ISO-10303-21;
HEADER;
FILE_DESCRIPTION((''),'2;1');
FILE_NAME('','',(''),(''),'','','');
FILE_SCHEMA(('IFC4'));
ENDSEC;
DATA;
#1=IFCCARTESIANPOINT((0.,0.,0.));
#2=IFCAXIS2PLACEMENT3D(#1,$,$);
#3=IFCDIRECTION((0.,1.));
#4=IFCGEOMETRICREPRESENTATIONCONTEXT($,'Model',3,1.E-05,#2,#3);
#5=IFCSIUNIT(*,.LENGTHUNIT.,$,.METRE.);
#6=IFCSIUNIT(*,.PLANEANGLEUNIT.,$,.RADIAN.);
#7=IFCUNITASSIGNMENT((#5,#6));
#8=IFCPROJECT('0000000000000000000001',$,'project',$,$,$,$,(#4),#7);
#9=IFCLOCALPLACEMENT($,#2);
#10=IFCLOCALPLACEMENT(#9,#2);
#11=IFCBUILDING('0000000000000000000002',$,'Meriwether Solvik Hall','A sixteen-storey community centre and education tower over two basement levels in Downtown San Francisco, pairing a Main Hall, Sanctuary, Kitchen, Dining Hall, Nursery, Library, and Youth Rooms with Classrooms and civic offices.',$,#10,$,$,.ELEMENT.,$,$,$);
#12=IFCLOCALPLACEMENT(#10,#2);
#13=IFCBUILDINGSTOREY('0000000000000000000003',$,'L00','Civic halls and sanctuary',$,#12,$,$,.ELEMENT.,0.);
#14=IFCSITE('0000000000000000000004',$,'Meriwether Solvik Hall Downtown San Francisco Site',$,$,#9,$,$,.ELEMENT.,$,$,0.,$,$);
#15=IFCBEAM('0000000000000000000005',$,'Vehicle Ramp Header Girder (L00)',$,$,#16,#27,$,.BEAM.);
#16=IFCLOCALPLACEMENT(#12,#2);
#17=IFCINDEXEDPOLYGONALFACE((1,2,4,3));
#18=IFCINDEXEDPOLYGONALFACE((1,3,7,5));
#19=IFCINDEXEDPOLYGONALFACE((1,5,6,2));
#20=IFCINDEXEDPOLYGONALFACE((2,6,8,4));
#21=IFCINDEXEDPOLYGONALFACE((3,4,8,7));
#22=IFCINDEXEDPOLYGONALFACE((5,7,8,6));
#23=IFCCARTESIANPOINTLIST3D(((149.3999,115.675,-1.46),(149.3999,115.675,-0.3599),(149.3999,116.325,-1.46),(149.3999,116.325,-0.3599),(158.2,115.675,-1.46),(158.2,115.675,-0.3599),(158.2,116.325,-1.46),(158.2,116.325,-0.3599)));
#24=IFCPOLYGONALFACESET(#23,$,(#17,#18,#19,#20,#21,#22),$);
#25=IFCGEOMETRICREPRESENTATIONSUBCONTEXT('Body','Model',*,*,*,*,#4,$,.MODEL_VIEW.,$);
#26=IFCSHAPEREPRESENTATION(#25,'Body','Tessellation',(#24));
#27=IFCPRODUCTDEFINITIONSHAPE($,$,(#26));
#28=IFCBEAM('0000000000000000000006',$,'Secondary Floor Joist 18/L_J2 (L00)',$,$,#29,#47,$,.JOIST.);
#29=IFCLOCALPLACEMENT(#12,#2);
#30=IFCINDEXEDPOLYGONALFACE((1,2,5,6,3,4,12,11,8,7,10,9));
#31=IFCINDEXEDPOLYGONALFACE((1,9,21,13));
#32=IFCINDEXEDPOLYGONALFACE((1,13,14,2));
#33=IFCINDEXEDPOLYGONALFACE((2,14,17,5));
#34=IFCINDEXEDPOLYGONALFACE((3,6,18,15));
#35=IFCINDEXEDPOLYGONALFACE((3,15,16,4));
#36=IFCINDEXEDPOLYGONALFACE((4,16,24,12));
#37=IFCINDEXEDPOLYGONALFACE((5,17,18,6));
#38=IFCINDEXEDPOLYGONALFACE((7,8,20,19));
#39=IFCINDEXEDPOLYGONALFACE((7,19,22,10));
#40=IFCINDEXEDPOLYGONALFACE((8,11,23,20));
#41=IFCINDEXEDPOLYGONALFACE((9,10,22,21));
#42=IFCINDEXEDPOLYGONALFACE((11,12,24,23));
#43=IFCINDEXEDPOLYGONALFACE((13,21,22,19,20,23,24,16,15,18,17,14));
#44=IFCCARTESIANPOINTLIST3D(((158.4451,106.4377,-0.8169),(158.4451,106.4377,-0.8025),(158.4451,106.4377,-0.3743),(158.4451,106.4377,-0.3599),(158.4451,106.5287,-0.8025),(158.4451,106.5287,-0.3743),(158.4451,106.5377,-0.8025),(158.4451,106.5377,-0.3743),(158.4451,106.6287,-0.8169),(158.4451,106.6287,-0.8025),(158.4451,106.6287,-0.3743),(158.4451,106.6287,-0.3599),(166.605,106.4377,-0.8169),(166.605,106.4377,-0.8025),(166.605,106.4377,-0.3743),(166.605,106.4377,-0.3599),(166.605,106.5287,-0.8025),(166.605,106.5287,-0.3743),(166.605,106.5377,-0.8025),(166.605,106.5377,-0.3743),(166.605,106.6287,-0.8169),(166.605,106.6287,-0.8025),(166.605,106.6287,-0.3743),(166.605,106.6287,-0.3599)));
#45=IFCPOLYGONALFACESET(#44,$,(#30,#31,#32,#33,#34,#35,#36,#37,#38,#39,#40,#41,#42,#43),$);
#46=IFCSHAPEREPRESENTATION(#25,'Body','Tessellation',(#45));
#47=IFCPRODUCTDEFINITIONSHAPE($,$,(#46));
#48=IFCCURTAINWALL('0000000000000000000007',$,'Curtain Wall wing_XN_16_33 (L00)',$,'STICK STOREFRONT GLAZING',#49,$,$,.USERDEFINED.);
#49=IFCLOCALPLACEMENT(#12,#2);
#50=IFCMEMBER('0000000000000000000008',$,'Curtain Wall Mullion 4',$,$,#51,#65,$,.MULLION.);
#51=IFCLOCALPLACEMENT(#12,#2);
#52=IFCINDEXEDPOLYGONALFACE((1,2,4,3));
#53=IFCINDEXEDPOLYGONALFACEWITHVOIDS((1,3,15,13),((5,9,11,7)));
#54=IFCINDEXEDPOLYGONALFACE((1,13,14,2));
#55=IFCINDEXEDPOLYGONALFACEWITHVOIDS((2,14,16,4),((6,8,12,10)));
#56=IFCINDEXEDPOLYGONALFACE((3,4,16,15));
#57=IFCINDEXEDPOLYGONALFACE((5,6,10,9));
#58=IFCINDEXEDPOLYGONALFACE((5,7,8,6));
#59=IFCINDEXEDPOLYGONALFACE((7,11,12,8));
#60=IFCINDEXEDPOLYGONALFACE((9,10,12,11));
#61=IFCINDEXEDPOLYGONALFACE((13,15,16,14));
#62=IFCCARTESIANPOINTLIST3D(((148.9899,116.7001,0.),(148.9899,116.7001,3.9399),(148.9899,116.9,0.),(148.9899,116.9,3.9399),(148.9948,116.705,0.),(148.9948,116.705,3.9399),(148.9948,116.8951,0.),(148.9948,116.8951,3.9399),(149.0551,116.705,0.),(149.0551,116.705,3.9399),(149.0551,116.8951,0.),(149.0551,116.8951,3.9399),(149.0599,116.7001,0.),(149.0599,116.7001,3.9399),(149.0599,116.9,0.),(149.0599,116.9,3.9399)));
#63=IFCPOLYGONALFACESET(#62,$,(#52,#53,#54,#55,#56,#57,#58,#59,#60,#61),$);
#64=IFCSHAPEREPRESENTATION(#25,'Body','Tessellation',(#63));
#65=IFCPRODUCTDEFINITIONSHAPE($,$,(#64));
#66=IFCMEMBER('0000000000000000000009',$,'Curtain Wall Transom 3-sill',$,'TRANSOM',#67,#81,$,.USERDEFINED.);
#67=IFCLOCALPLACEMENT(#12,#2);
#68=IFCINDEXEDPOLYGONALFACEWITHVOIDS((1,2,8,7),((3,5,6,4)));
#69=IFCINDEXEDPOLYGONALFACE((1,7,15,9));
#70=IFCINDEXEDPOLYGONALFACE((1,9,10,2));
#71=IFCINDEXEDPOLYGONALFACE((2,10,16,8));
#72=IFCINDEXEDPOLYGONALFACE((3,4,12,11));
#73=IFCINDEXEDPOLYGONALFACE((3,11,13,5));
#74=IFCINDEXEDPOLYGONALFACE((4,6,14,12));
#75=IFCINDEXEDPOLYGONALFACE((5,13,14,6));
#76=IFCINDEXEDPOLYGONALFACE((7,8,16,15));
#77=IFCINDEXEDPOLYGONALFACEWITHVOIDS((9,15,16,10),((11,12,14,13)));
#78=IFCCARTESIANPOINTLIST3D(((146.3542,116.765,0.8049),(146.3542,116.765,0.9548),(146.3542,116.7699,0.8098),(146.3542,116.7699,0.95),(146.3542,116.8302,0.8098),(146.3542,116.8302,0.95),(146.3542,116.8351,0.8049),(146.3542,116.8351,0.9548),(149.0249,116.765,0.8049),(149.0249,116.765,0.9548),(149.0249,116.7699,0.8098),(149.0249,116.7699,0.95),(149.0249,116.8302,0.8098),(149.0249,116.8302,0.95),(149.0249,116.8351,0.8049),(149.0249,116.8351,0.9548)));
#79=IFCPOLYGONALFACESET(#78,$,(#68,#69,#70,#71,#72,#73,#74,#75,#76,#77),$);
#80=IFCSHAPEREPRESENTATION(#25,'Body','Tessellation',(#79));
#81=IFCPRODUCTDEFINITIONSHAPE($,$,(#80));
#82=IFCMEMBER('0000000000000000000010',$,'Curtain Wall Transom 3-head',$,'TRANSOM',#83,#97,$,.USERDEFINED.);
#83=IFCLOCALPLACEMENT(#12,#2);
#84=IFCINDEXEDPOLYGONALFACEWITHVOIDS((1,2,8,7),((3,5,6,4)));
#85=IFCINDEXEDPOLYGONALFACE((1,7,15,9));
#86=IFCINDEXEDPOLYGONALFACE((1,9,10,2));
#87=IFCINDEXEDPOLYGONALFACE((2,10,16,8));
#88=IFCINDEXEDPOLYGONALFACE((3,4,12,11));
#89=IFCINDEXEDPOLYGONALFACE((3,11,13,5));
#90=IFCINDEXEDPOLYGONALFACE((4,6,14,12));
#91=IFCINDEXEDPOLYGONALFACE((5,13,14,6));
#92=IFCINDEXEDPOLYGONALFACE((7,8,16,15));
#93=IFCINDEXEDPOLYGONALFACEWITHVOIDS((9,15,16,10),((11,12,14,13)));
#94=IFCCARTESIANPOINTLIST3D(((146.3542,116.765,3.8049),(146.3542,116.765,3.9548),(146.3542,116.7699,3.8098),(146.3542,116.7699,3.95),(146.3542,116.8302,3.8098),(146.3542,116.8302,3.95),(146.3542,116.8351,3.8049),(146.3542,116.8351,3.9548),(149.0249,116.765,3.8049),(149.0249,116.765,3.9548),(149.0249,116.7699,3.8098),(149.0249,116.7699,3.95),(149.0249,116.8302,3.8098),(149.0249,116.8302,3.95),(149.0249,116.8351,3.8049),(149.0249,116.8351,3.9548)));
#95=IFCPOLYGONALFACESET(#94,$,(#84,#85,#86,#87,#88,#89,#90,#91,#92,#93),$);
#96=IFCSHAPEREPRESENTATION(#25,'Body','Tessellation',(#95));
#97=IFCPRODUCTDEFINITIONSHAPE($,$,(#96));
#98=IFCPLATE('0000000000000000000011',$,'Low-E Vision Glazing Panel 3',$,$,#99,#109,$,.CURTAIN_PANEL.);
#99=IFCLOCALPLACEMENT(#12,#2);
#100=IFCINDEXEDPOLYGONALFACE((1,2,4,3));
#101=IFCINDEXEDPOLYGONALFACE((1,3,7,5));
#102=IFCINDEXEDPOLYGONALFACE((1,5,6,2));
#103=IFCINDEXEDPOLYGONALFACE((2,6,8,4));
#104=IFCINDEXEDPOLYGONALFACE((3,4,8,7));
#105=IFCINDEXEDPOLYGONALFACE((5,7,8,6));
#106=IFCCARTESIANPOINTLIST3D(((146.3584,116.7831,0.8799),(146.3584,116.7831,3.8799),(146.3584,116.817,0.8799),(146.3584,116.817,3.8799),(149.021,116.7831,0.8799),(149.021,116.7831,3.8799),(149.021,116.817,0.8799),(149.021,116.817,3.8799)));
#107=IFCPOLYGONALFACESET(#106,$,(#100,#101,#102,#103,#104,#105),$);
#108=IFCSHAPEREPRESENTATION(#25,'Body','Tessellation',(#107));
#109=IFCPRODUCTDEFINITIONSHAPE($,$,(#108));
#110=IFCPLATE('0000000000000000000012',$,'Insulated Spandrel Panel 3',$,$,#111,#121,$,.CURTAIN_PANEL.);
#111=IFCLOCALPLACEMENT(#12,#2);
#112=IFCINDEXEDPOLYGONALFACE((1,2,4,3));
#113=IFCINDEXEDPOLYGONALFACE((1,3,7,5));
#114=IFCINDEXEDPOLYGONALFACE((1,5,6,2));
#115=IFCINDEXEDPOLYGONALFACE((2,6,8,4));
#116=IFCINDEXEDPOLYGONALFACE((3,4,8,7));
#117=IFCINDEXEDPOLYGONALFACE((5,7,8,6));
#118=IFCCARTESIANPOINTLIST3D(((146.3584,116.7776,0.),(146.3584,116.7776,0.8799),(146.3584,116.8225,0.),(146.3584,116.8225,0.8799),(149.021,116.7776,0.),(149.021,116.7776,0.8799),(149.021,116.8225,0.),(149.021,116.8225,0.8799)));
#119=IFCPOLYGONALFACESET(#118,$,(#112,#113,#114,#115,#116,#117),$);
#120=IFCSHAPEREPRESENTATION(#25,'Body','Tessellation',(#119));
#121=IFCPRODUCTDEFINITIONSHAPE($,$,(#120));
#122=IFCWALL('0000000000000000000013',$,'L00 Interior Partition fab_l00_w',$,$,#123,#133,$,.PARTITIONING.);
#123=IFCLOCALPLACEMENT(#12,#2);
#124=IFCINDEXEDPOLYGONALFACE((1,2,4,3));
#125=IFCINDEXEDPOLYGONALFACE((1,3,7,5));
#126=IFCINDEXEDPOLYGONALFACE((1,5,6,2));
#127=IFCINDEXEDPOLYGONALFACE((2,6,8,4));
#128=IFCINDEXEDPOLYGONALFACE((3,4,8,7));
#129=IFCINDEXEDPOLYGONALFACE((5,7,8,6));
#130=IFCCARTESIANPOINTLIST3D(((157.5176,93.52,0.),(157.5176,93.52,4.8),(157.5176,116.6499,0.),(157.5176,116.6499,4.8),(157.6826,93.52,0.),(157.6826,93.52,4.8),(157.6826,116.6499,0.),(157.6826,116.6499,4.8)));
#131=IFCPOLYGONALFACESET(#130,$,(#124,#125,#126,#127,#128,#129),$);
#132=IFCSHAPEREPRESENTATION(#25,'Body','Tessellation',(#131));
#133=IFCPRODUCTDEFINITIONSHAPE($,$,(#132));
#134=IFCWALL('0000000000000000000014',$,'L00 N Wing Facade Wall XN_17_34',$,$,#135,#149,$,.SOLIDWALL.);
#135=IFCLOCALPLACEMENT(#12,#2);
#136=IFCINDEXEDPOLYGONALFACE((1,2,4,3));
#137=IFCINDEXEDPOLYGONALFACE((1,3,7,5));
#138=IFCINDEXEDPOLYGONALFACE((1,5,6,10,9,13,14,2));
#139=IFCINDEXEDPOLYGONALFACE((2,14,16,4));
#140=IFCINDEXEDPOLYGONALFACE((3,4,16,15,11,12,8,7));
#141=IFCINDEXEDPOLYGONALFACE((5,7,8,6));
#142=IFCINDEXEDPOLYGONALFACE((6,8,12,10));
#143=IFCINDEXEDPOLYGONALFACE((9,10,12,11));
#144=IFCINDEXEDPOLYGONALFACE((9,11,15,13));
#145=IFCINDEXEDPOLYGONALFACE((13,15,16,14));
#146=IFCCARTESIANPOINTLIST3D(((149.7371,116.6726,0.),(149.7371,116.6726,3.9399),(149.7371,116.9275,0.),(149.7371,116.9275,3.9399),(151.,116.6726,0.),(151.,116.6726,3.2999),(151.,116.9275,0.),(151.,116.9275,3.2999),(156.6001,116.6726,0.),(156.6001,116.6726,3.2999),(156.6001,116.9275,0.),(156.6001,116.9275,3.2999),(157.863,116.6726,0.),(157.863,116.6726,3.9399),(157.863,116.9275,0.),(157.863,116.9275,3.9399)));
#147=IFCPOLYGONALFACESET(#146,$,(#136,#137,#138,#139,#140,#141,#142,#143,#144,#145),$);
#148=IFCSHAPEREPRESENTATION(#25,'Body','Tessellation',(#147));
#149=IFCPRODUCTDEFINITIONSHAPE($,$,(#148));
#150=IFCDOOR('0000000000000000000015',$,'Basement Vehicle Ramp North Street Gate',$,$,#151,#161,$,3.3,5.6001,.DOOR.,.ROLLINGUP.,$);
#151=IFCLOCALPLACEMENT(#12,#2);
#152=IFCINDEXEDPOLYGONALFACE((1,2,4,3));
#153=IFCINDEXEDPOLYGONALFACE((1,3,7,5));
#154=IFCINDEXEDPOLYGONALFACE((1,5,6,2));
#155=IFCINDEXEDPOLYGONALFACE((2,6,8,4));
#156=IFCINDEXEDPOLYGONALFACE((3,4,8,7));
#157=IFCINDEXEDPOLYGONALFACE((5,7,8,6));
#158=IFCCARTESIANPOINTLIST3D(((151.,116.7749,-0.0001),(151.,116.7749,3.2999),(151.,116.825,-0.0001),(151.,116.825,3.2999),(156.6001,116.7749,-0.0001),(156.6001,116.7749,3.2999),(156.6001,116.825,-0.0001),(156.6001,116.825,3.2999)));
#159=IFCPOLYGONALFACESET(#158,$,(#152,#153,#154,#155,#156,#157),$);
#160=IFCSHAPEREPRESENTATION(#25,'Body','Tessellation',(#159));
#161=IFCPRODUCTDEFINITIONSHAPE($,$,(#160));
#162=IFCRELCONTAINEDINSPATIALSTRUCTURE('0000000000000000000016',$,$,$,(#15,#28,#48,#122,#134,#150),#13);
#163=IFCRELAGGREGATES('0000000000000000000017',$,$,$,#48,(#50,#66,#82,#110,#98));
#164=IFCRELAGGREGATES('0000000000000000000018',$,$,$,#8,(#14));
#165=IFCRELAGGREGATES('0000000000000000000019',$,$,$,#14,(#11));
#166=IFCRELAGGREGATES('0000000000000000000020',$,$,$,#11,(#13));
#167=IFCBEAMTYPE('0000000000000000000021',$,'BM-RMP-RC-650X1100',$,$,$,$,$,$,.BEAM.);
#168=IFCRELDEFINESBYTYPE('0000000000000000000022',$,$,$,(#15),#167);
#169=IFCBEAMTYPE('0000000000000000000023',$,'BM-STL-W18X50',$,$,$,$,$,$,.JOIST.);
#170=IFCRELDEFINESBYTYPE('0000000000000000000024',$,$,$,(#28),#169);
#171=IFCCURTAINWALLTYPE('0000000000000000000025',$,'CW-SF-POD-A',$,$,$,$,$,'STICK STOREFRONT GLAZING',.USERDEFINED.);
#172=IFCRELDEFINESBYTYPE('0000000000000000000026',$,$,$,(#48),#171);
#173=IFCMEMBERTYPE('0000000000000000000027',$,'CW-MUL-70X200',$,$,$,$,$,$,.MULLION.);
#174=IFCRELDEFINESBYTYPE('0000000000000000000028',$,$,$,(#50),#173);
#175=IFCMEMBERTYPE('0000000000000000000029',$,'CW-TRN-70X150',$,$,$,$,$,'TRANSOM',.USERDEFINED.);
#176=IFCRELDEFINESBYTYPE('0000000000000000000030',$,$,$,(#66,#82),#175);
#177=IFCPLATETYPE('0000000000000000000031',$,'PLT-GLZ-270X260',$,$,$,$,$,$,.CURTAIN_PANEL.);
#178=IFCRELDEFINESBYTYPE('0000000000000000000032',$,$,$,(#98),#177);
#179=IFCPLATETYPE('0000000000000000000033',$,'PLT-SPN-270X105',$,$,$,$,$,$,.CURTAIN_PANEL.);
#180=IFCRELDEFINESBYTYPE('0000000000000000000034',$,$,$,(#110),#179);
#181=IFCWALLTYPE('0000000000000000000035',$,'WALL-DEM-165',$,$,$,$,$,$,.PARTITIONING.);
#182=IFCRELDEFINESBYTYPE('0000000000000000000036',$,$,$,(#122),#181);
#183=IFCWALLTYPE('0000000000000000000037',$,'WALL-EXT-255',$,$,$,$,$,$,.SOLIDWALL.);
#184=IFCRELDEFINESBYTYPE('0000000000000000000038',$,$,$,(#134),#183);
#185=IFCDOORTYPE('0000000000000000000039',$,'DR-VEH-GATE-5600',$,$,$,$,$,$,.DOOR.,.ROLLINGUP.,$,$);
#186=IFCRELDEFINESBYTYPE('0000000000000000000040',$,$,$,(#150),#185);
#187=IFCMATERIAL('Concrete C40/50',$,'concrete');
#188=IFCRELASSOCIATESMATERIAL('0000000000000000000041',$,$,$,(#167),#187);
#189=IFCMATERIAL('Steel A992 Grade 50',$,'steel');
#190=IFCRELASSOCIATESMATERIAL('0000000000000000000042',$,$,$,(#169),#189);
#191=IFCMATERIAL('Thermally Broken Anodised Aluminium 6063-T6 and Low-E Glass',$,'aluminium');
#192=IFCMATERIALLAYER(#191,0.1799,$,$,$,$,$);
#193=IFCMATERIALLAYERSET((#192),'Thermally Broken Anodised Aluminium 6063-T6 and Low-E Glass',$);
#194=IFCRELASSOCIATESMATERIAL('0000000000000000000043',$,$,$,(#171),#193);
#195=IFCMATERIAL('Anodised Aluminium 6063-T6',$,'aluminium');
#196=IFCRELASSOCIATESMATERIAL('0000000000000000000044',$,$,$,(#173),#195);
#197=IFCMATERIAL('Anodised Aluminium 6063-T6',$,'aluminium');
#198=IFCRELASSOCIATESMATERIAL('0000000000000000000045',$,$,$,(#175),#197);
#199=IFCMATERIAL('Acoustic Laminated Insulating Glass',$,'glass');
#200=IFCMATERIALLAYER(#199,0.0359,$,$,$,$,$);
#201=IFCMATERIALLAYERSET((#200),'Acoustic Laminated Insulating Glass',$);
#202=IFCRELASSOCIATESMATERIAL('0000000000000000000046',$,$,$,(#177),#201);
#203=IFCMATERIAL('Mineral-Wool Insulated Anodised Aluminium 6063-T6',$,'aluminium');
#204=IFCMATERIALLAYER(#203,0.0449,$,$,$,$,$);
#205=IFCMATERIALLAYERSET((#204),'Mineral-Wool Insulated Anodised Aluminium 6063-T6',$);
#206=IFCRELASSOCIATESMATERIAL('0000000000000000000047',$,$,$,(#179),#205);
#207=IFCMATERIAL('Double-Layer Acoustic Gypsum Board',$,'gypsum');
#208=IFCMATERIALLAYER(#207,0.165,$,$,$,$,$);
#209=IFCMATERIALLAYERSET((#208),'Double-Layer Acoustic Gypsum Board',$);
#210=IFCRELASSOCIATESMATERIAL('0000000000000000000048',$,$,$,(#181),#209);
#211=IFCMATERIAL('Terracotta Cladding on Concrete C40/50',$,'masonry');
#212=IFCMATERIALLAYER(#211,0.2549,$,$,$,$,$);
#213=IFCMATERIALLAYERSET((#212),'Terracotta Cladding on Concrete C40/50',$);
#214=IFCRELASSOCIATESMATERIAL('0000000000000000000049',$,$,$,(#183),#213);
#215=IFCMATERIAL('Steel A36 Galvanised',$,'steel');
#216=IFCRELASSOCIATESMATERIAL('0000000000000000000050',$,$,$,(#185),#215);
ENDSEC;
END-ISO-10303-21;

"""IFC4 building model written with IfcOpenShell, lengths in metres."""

from ifc_helpers import new_model, si_unit, direction, frame, frame_2d, origin, origin_2d, place, context, subcontext, project, spatial, rectangle, hollow_rectangle, i_section, extrude, material, layer, layer_set, material_profile, profile_set, type_object, element, fill, aggregate, save


model = new_model("IFC4")

# Units and contexts
model_context = context("Model", 3, precision=1e-05, world=origin(), true_north=direction((0.0, 1.0)))
body_context = subcontext(model_context, "Body", "Model", "MODEL_VIEW")
ifc_project = project(units=[si_unit("LENGTHUNIT", "METRE"), si_unit("PLANEANGLEUNIT", "RADIAN")], contexts=[model_context])

# Site, building, storey
site_placement = place(None, origin())
site = spatial("IfcSite", under=ifc_project, at=site_placement, Name="Meriwether Solvik Hall Downtown San Francisco Site", CompositionType="ELEMENT", RefElevation=0.0)
building_placement = place(site_placement, origin())
building = spatial("IfcBuilding", under=site, at=building_placement, Name="Meriwether Solvik Hall", Description="A sixteen-storey community centre and education tower over two basement levels in Downtown San Francisco, pairing a Main Hall, Sanctuary, Kitchen, Dining Hall, Nursery, Library, and Youth Rooms with Classrooms and civic offices.", CompositionType="ELEMENT")
storey_placement = place(building_placement, origin())
storey = spatial("IfcBuildingStorey", under=building, at=storey_placement, Name="L00", Description="Civic halls and sanctuary", CompositionType="ELEMENT", Elevation=0.0)

# Beams
ifc_material_1 = material(Name="Concrete C40/50", Category="concrete")
ifc_material_profile_1 = material_profile(ifc_material_1, rectangle(XDim=0.6499, YDim=1.1001, at=origin_2d()), Name="RCB-650X1100")
ifc_profile_set_1 = profile_set([ifc_material_profile_1], Name="Concrete C40/50")
beam_type_1 = type_object("IfcBeamType", Name="BM-RMP-RC-650X1100", PredefinedType="BEAM", material=ifc_profile_set_1)
beam_1_placement = place(storey_placement, frame((149.3999, 116.0, -0.9099), z_axis=(1.0, 0.0, 0.0), x_axis=(0.0, 1.0, 0.0)))
element("IfcBeam", 1, at=beam_1_placement, inside=storey, type_object=beam_type_1, Name="Vehicle Ramp Header Girder (L00)", PredefinedType="BEAM", context=body_context, shape_type="SweptSolid", body=[
    extrude(rectangle(XDim=0.6499, YDim=1.1001, at=origin_2d()), origin(), (0.0, 0.0, 1.0), 8.8),
])
ifc_material_2 = material(Name="Steel A992 Grade 50", Category="steel")
ifc_material_profile_2 = material_profile(ifc_material_2, i_section(OverallWidth=0.1909, OverallDepth=0.457, WebThickness=0.009, FlangeThickness=0.0144, at=origin_2d()), Name="W18X50")
ifc_profile_set_2 = profile_set([ifc_material_profile_2], Name="Steel A992 Grade 50")
beam_type_2 = type_object("IfcBeamType", Name="BM-STL-W18X50", PredefinedType="JOIST", material=ifc_profile_set_2)
beam_2_placement = place(storey_placement, frame((158.4451, 106.5332, -0.5884), z_axis=(1.0, 0.0, 0.0), x_axis=(0.0, 1.0, 0.0)))
element("IfcBeam", 2, at=beam_2_placement, inside=storey, type_object=beam_type_2, Name="Secondary Floor Joist 18/L_J2 (L00)", PredefinedType="JOIST", context=body_context, shape_type="SweptSolid", body=[
    extrude(i_section(OverallWidth=0.1909, OverallDepth=0.457, WebThickness=0.009, FlangeThickness=0.0144, at=origin_2d()), origin(), (0.0, 0.0, 1.0), 8.1599),
])

# Curtain wall, members, plates
ifc_material_3 = material(Name="Thermally Broken Anodised Aluminium 6063-T6 and Low-E Glass", Category="aluminium")
ifc_layer_1 = layer(ifc_material_3, 0.1799)
ifc_layer_set_1 = layer_set([ifc_layer_1], Name="Thermally Broken Anodised Aluminium 6063-T6 and Low-E Glass")
curtain_wall_type = type_object("IfcCurtainWallType", Name="CW-SF-POD-A", ElementType="STICK STOREFRONT GLAZING", PredefinedType="USERDEFINED", material=ifc_layer_set_1)
curtain_wall_placement = place(storey_placement, origin())
curtain_wall = element("IfcCurtainWall", 3, at=curtain_wall_placement, inside=storey, type_object=curtain_wall_type, Name="Curtain Wall wing_XN_16_33 (L00)", ObjectType="STICK STOREFRONT GLAZING", PredefinedType="USERDEFINED")
ifc_material_4 = material(Name="Anodised Aluminium 6063-T6", Category="aluminium")
ifc_material_profile_3 = material_profile(ifc_material_4, hollow_rectangle(XDim=0.0701, YDim=0.2, WallThickness=0.0049, at=origin_2d()), Name="CWM-70X200")
ifc_profile_set_3 = profile_set([ifc_material_profile_3], Name="Anodised Aluminium 6063-T6")
member_type_1 = type_object("IfcMemberType", Name="CW-MUL-70X200", PredefinedType="MULLION", material=ifc_profile_set_3)
member_1_placement = place(storey_placement, frame((149.0249, 116.8, 0.0), z_axis=(0.0, 0.0, 1.0), x_axis=(1.0, 0.0, 0.0)))
member_1 = element("IfcMember", 4, at=member_1_placement, type_object=member_type_1, Name="Curtain Wall Mullion 4", PredefinedType="MULLION", context=body_context, shape_type="SweptSolid", body=[
    extrude(hollow_rectangle(XDim=0.0701, YDim=0.2, WallThickness=0.0049, at=origin_2d()), origin(), (0.0, 0.0, 1.0), 3.9399),
])
ifc_material_5 = material(Name="Anodised Aluminium 6063-T6", Category="aluminium")
ifc_material_profile_4 = material_profile(ifc_material_5, hollow_rectangle(XDim=0.0701, YDim=0.1499, WallThickness=0.0049, at=origin_2d()), Name="CWT-70X150")
ifc_profile_set_4 = profile_set([ifc_material_profile_4], Name="Anodised Aluminium 6063-T6")
member_type_2 = type_object("IfcMemberType", Name="CW-TRN-70X150", ElementType="TRANSOM", PredefinedType="USERDEFINED", material=ifc_profile_set_4)
member_2_placement = place(storey_placement, frame((146.3542, 116.8, 0.8799), z_axis=(1.0, 0.0, 0.0), x_axis=(0.0, 1.0, 0.0)))
member_2 = element("IfcMember", 5, at=member_2_placement, type_object=member_type_2, Name="Curtain Wall Transom 3-sill", ObjectType="TRANSOM", PredefinedType="USERDEFINED", context=body_context, shape_type="SweptSolid", body=[
    extrude(hollow_rectangle(XDim=0.0701, YDim=0.1499, WallThickness=0.0049, at=origin_2d()), origin(), (0.0, 0.0, 1.0), 2.6707),
])
member_3_placement = place(storey_placement, frame((146.3542, 116.8, 3.8799), z_axis=(1.0, 0.0, 0.0), x_axis=(0.0, 1.0, 0.0)))
member_3 = element("IfcMember", 6, at=member_3_placement, type_object=member_type_2, Name="Curtain Wall Transom 3-head", ObjectType="TRANSOM", PredefinedType="USERDEFINED", context=body_context, shape_type="SweptSolid", body=[
    extrude(hollow_rectangle(XDim=0.0701, YDim=0.1499, WallThickness=0.0049, at=origin_2d()), origin(), (0.0, 0.0, 1.0), 2.6707),
])
ifc_material_6 = material(Name="Acoustic Laminated Insulating Glass", Category="glass")
ifc_layer_2 = layer(ifc_material_6, 0.0359)
ifc_layer_set_2 = layer_set([ifc_layer_2], Name="Acoustic Laminated Insulating Glass")
plate_type_1 = type_object("IfcPlateType", Name="PLT-GLZ-270X260", PredefinedType="CURTAIN_PANEL", material=ifc_layer_set_2)
plate_1_placement = place(storey_placement, frame((147.6897, 116.8, 0.8799), z_axis=(0.0, 0.0, 1.0), x_axis=(1.0, 0.0, 0.0)))
plate_1 = element("IfcPlate", 7, at=plate_1_placement, type_object=plate_type_1, Name="Low-E Vision Glazing Panel 3", PredefinedType="CURTAIN_PANEL", context=body_context, shape_type="SweptSolid", body=[
    extrude(rectangle(XDim=2.6626, YDim=0.0339, at=origin_2d()), origin(), (0.0, 0.0, 1.0), 3.0),
])
ifc_material_7 = material(Name="Mineral-Wool Insulated Anodised Aluminium 6063-T6", Category="aluminium")
ifc_layer_3 = layer(ifc_material_7, 0.0449)
ifc_layer_set_3 = layer_set([ifc_layer_3], Name="Mineral-Wool Insulated Anodised Aluminium 6063-T6")
plate_type_2 = type_object("IfcPlateType", Name="PLT-SPN-270X105", PredefinedType="CURTAIN_PANEL", material=ifc_layer_set_3)
plate_2_placement = place(storey_placement, frame((147.6897, 116.8, 0.0), z_axis=(0.0, 0.0, 1.0), x_axis=(1.0, 0.0, 0.0)))
plate_2 = element("IfcPlate", 8, at=plate_2_placement, type_object=plate_type_2, Name="Insulated Spandrel Panel 3", PredefinedType="CURTAIN_PANEL", context=body_context, shape_type="SweptSolid", body=[
    extrude(rectangle(XDim=2.6626, YDim=0.0449, at=origin_2d()), origin(), (0.0, 0.0, 1.0), 0.8799),
])
aggregate(curtain_wall, [member_1, member_2, member_3, plate_2, plate_1])

# Wall
ifc_material_8 = material(Name="Double-Layer Acoustic Gypsum Board", Category="gypsum")
ifc_layer_4 = layer(ifc_material_8, 0.165)
ifc_layer_set_4 = layer_set([ifc_layer_4], Name="Double-Layer Acoustic Gypsum Board")
wall_type_1 = type_object("IfcWallType", Name="WALL-DEM-165", PredefinedType="PARTITIONING", material=ifc_layer_set_4)
wall_1_placement = place(storey_placement, frame((157.6001, 116.6499, 0.0), z_axis=(0.0, 0.0, 1.0), x_axis=(0.0, -1.0, 0.0)))
element("IfcWall", 9, at=wall_1_placement, inside=storey, type_object=wall_type_1, Name="L00 Interior Partition fab_l00_w", PredefinedType="PARTITIONING", context=body_context, shape_type="SweptSolid", body=[
    extrude(rectangle(XDim=23.1299, YDim=0.165, at=frame_2d((11.5649, 0.0))), origin(), (0.0, 0.0, 1.0), 4.8),
])

# Wall, opening, door
ifc_material_9 = material(Name="Terracotta Cladding on Concrete C40/50", Category="masonry")
ifc_layer_5 = layer(ifc_material_9, 0.2549)
ifc_layer_set_5 = layer_set([ifc_layer_5], Name="Terracotta Cladding on Concrete C40/50")
wall_type_2 = type_object("IfcWallType", Name="WALL-EXT-255", PredefinedType="SOLIDWALL", material=ifc_layer_set_5)
wall_2_placement = place(storey_placement, frame((149.7371, 116.8, 0.0), z_axis=(0.0, 0.0, 1.0), x_axis=(1.0, 0.0, 0.0)))
wall_2 = element("IfcWall", 10, at=wall_2_placement, inside=storey, type_object=wall_type_2, Name="L00 N Wing Facade Wall XN_17_34", PredefinedType="SOLIDWALL", context=body_context, shape_type="SweptSolid", body=[
    extrude(rectangle(XDim=8.126, YDim=0.2549, at=frame_2d((4.063, 0.0))), origin(), (0.0, 0.0, 1.0), 3.9399),
])
opening_placement = place(wall_2_placement, frame((1.2629, 0.0, 0.0)))
opening = element("IfcOpeningElement", 11, at=opening_placement, cuts=wall_2, PredefinedType="OPENING", context=body_context, shape_type="SweptSolid", body=[
    extrude(rectangle(XDim=5.6001, YDim=3.3, at=frame_2d((2.8, 1.6499))), frame((0.0, 0.1394, 0.0), z_axis=(0.0, -1.0, 0.0), x_axis=(1.0, 0.0, 0.0)), (0.0, 0.0, 1.0), 0.2788),
])
ifc_material_10 = material(Name="Steel A36 Galvanised", Category="steel")
door_type = type_object("IfcDoorType", Name="DR-VEH-GATE-5600", OperationType="ROLLINGUP", PredefinedType="DOOR", material=ifc_material_10)
door_placement = place(opening_placement, origin())
door = element("IfcDoor", 12, at=door_placement, inside=storey, type_object=door_type, Name="Basement Vehicle Ramp North Street Gate", OperationType="ROLLINGUP", OverallHeight=3.3, OverallWidth=5.6001, PredefinedType="DOOR", context=body_context, shape_type="SweptSolid", body=[
    extrude(rectangle(XDim=5.6001, YDim=3.3, at=frame_2d((2.8, 1.6499))), frame((0.0, 0.0249, 0.0), z_axis=(0.0, -1.0, 0.0), x_axis=(1.0, 0.0, 0.0)), (0.0, 0.0, 1.0), 0.05),
])
fill(opening, door)

save(model, "model.ifc")
